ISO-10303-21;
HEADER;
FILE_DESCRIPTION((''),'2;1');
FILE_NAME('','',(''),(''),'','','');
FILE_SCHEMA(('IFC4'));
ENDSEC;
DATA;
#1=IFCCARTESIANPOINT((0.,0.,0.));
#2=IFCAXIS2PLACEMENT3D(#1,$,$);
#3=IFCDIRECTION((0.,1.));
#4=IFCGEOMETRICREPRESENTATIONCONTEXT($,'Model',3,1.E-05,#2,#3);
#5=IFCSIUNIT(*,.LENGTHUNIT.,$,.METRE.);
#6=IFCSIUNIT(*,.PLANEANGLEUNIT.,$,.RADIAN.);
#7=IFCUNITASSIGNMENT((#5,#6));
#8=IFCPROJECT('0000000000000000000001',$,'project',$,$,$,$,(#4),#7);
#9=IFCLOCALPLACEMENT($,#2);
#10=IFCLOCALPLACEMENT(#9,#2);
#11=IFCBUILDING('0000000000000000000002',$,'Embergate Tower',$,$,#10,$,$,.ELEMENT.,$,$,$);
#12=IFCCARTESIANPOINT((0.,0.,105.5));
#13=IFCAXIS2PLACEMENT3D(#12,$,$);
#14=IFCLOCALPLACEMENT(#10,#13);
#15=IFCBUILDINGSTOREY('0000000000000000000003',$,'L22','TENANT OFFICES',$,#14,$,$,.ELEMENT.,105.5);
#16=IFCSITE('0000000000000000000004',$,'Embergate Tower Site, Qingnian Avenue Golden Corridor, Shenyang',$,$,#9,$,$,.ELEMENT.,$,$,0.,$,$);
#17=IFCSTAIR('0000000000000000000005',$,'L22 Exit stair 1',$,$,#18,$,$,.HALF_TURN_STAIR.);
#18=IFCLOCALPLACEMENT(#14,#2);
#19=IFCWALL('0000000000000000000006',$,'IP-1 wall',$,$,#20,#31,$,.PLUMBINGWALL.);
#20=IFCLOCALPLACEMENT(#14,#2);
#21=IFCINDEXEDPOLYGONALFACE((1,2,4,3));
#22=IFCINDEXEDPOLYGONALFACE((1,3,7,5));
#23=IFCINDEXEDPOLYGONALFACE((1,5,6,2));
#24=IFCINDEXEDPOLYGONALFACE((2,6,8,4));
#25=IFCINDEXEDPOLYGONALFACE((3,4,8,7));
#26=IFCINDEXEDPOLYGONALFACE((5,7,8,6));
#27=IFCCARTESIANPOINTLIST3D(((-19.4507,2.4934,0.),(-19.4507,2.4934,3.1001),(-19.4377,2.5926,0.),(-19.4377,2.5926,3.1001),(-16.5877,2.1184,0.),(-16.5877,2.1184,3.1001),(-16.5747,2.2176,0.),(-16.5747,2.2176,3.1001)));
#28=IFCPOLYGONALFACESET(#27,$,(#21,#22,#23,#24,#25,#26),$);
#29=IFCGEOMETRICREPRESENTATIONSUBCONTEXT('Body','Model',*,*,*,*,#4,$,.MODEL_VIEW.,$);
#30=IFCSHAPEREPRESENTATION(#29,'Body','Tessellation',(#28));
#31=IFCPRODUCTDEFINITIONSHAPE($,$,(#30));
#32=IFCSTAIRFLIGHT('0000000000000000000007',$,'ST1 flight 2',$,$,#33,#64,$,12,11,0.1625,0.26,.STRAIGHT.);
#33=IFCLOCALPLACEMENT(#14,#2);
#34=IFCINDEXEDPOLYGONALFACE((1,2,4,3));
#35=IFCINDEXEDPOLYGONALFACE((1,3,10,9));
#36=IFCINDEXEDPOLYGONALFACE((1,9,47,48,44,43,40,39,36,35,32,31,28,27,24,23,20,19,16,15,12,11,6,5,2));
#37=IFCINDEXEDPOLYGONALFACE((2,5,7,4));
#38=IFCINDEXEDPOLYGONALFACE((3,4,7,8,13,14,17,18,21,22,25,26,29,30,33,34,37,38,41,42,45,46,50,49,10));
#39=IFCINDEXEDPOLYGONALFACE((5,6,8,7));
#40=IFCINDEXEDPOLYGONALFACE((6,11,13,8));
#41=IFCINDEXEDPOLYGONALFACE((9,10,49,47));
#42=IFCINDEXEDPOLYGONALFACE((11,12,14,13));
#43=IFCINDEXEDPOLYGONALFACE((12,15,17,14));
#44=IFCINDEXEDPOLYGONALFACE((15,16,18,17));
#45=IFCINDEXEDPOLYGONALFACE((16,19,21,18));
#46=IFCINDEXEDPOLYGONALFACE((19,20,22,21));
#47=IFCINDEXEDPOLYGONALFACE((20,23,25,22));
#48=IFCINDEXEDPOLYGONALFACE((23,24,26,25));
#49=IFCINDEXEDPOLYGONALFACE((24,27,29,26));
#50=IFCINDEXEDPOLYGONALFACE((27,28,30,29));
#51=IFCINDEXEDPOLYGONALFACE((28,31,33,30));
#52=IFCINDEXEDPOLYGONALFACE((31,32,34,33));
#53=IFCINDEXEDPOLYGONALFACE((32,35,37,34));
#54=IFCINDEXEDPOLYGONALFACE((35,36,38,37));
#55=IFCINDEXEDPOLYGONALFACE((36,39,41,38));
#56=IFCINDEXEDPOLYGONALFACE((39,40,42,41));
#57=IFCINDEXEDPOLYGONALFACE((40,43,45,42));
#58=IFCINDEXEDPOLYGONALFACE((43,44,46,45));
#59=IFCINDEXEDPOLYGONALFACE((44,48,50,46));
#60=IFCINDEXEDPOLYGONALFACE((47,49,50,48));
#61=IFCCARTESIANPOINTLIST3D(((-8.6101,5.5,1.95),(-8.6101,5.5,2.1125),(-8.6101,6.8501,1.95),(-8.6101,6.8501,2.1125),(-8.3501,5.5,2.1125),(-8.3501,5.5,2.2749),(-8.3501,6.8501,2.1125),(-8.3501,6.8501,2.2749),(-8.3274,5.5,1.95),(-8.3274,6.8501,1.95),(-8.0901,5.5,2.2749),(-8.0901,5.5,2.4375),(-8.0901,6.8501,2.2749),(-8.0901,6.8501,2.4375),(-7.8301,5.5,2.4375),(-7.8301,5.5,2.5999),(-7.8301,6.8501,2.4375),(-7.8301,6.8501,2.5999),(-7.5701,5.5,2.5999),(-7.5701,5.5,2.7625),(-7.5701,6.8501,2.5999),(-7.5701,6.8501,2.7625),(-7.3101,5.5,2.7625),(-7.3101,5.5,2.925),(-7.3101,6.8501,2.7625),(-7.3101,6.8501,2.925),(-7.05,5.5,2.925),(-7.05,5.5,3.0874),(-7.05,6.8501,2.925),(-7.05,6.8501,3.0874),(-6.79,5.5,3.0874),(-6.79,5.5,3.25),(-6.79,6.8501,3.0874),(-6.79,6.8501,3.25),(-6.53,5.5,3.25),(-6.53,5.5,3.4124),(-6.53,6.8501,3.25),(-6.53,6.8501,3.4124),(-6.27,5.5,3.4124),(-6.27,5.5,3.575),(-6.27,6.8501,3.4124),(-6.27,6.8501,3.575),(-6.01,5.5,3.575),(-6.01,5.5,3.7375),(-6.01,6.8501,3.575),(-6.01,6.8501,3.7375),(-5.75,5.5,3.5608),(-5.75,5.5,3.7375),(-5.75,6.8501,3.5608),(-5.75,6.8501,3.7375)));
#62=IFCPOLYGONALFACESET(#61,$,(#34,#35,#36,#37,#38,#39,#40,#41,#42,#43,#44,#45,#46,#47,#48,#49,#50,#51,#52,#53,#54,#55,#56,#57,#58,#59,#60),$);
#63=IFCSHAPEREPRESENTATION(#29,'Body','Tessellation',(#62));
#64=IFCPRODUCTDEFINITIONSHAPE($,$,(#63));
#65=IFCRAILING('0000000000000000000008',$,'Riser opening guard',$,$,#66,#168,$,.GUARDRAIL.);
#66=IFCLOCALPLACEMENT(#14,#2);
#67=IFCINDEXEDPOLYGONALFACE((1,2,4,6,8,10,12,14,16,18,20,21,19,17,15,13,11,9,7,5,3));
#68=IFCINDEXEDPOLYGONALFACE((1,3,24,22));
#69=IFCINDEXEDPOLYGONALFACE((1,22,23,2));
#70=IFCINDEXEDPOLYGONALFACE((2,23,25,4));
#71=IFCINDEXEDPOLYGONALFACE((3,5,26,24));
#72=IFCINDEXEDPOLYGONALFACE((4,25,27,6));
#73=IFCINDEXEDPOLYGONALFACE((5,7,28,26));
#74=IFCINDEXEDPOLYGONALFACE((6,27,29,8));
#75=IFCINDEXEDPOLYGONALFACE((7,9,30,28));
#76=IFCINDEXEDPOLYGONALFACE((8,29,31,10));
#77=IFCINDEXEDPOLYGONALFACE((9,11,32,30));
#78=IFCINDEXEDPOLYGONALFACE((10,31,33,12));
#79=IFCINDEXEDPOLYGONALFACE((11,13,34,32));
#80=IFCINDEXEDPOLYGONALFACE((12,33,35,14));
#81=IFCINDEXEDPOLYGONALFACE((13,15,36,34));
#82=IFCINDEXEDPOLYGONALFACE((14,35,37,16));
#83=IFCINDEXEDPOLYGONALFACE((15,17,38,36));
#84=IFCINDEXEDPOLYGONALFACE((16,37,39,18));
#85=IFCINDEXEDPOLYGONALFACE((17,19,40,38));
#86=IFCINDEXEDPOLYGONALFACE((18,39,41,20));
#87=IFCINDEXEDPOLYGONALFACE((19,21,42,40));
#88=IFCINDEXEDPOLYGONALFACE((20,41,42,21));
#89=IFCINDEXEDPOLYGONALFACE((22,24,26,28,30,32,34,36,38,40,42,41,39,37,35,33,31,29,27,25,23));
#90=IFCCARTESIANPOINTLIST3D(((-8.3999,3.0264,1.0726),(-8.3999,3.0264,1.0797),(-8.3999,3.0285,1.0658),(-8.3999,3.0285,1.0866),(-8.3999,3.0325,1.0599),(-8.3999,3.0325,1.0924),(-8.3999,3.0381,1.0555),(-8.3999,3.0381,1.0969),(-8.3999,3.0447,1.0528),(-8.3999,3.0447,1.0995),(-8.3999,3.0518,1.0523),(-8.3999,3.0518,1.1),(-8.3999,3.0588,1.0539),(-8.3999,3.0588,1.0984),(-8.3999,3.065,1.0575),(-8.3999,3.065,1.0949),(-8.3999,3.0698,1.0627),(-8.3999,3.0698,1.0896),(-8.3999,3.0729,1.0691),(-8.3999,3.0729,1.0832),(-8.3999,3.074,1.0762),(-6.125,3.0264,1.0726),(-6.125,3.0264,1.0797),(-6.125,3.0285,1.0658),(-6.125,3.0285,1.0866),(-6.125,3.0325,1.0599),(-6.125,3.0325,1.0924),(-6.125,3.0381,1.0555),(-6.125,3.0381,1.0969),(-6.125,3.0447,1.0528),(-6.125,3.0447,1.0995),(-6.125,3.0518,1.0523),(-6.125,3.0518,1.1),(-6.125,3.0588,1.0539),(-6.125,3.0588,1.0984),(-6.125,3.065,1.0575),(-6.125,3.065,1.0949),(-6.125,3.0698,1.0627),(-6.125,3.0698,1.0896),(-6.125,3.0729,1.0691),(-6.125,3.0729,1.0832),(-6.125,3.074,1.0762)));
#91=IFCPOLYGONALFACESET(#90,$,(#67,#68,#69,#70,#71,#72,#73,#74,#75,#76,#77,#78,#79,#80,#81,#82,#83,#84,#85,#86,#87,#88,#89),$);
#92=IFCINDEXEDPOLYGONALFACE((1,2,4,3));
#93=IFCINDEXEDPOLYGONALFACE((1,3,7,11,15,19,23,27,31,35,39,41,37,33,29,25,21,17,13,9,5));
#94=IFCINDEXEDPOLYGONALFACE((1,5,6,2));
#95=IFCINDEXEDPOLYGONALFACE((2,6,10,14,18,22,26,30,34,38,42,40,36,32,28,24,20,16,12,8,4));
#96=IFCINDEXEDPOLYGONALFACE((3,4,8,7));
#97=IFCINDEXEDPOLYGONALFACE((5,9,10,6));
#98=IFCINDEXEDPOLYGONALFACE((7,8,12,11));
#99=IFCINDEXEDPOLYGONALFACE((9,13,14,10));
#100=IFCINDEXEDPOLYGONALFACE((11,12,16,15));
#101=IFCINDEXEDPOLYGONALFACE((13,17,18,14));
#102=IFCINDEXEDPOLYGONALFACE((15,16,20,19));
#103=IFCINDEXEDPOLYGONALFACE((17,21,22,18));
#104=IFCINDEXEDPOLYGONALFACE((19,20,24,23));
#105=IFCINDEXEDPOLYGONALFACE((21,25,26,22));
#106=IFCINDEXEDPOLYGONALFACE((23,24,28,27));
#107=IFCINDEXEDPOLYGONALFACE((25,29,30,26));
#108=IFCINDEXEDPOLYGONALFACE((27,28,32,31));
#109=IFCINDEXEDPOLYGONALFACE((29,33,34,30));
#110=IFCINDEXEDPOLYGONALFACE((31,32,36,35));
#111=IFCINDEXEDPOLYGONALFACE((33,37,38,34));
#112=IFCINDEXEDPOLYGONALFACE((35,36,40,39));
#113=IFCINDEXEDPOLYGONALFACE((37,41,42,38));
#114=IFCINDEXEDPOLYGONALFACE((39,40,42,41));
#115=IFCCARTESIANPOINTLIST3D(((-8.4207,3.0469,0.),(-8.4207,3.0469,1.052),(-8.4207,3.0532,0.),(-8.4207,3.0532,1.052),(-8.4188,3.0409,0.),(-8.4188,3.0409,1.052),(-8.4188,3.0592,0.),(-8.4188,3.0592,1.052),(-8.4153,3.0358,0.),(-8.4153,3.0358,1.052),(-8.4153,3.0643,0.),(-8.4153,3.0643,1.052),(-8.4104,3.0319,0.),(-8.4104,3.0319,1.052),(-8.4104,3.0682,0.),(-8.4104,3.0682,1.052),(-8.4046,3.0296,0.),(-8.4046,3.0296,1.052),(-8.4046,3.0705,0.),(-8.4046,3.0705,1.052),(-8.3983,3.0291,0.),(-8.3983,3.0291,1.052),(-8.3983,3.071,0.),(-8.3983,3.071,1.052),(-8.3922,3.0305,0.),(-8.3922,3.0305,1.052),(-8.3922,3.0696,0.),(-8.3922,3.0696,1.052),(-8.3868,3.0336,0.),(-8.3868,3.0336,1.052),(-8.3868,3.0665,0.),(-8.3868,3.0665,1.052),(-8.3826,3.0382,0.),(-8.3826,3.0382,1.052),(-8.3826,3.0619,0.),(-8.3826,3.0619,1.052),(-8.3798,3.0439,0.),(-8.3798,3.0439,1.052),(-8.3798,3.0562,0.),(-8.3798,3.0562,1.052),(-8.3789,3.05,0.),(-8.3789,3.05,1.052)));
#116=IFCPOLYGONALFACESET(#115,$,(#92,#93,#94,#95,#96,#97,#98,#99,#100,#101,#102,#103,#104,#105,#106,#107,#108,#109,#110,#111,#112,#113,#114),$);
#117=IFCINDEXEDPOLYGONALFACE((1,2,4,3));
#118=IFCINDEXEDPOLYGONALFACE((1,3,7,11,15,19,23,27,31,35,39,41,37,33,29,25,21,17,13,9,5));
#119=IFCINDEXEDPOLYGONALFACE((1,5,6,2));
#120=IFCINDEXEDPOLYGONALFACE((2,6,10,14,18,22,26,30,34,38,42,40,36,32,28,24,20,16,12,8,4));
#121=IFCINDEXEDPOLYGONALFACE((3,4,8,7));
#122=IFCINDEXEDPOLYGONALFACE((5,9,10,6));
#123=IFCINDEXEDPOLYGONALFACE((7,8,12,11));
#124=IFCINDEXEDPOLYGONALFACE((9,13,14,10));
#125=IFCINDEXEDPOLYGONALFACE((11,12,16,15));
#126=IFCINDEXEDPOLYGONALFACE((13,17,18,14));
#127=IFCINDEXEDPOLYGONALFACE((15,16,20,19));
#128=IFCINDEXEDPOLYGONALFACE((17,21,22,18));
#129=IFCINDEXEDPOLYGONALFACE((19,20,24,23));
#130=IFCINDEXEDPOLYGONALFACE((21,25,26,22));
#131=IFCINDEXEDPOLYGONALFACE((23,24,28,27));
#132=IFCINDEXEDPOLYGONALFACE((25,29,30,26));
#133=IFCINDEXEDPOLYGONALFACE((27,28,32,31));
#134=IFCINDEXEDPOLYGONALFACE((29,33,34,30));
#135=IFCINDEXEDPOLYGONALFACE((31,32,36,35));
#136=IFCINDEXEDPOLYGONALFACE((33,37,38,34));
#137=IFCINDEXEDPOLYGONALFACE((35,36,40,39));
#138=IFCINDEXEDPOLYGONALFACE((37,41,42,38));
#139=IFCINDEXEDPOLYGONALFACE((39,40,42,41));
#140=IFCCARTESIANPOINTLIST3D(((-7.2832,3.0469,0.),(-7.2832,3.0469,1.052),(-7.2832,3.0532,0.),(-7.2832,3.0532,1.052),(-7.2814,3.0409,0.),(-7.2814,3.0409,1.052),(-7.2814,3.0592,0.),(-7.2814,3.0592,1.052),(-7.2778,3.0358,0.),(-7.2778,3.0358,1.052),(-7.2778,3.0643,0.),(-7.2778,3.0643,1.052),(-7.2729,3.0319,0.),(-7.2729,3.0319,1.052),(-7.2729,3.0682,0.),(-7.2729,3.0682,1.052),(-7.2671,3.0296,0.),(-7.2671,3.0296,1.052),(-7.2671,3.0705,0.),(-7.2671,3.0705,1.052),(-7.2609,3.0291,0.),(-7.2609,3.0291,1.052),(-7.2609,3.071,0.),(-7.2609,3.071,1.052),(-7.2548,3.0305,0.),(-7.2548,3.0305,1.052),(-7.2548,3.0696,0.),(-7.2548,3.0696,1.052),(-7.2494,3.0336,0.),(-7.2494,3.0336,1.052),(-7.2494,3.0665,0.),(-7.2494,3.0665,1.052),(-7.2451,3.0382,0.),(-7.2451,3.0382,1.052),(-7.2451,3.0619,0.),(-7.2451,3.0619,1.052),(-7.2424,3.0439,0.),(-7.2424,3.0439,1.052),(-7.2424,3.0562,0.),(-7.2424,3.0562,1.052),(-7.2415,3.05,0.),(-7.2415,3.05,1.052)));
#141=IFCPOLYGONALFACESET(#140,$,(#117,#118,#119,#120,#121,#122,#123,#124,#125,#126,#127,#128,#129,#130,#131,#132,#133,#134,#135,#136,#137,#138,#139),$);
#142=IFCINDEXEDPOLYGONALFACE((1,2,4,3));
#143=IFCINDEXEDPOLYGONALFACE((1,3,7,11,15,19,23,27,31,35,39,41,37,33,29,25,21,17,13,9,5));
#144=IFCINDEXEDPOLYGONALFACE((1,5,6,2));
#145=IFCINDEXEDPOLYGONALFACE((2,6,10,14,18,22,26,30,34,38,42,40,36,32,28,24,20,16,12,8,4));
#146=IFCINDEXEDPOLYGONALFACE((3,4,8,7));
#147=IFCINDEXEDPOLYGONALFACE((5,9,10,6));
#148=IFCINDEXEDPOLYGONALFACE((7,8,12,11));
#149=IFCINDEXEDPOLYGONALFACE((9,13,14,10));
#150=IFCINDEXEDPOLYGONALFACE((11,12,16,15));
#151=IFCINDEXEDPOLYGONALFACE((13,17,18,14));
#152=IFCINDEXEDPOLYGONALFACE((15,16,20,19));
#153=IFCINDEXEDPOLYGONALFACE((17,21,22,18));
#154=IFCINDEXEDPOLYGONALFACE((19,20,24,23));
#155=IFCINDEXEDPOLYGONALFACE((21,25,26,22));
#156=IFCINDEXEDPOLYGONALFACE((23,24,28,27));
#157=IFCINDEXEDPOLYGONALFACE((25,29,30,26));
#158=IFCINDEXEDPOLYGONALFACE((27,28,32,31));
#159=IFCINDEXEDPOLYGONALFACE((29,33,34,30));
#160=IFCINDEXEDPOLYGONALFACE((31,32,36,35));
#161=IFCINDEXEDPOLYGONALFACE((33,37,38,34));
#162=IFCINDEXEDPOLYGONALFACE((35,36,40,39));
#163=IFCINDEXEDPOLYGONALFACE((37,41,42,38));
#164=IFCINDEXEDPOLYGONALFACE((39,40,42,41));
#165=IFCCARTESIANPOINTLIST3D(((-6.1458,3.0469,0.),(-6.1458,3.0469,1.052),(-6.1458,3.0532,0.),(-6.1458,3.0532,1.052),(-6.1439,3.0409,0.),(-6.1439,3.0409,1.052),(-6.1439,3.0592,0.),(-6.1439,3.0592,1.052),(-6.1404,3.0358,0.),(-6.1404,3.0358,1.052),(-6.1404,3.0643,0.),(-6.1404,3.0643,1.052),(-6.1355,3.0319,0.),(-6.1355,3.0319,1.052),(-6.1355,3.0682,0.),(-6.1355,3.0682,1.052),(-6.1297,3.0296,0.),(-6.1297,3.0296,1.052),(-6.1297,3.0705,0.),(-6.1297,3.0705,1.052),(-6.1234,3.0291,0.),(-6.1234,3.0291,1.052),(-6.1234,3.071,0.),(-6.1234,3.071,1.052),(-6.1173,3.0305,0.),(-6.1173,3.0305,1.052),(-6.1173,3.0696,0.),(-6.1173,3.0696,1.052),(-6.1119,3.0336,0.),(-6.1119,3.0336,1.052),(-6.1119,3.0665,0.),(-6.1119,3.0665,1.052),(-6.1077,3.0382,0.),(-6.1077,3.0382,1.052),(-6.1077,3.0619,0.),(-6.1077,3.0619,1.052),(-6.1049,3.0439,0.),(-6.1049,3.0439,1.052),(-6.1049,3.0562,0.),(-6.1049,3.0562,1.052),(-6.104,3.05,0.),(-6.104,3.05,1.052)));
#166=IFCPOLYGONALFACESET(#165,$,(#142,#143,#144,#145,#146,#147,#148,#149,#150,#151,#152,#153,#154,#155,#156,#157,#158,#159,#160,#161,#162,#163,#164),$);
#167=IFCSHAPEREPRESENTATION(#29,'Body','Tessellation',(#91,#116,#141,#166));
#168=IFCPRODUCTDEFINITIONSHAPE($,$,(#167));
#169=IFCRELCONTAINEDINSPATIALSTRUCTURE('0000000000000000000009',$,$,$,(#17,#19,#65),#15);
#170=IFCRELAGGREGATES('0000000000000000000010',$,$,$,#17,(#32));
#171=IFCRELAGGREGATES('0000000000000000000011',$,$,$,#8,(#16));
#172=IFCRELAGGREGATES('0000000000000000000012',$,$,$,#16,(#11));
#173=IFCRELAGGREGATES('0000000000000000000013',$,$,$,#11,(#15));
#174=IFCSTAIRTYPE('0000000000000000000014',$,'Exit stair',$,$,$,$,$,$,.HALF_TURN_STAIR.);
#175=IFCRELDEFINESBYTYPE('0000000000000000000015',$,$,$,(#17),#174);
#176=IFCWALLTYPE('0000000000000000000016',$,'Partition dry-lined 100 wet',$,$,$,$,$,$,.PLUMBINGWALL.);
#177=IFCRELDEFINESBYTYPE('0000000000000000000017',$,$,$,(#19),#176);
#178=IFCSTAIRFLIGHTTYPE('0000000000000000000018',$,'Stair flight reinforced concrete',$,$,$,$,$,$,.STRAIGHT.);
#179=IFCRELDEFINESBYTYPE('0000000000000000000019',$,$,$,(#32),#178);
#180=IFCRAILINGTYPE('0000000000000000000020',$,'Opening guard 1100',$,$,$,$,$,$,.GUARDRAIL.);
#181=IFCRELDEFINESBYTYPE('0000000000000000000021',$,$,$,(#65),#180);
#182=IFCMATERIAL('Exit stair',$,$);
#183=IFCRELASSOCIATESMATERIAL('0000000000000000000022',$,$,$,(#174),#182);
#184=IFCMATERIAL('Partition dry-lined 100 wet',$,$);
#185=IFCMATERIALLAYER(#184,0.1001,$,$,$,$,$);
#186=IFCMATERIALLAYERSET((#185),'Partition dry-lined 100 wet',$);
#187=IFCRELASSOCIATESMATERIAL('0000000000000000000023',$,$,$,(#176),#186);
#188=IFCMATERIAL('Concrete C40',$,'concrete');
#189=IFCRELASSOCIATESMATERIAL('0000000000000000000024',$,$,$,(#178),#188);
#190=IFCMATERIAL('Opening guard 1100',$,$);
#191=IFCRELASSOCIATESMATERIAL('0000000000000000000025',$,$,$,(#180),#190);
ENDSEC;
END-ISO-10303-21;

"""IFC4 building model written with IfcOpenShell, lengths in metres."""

from ifc_helpers import new_model, si_unit, direction, frame, frame_2d, origin, origin_2d, place, context, subcontext, project, spatial, polyline, rectangle, circle, outline, extrude, source, transform, mapped, material, layer, layer_set, type_object, element, aggregate, save


model = new_model("IFC4")

# Units and contexts
model_context = context("Model", 3, precision=1e-05, world=origin(), true_north=direction((0.0, 1.0)))
body_context = subcontext(model_context, "Body", "Model", "MODEL_VIEW")
ifc_project = project(units=[si_unit("LENGTHUNIT", "METRE"), si_unit("PLANEANGLEUNIT", "RADIAN")], contexts=[model_context])

# Site, building, storey
site_placement = place(None, origin())
site = spatial("IfcSite", under=ifc_project, at=site_placement, Name="Embergate Tower Site, Qingnian Avenue Golden Corridor, Shenyang", CompositionType="ELEMENT", RefElevation=0.0)
building_placement = place(site_placement, origin())
building = spatial("IfcBuilding", under=site, at=building_placement, Name="Embergate Tower", CompositionType="ELEMENT")
storey_placement = place(building_placement, frame((0.0, 0.0, 105.5)))
storey = spatial("IfcBuildingStorey", under=building, at=storey_placement, Name="L22", Description="TENANT OFFICES", CompositionType="ELEMENT", Elevation=105.5)

# Stair
ifc_material_1 = material(Name="Exit stair")
stair_type = type_object("IfcStairType", Name="Exit stair", PredefinedType="HALF_TURN_STAIR", material=ifc_material_1)
stair_placement = place(storey_placement, origin())
stair = element("IfcStair", 1, at=stair_placement, inside=storey, type_object=stair_type, Name="L22 Exit stair 1", PredefinedType="HALF_TURN_STAIR")
ifc_material_2 = material(Name="Concrete C40", Category="concrete")

# Wall
ifc_material_3 = material(Name="Partition dry-lined 100 wet")
ifc_layer_1 = layer(ifc_material_3, 0.1001)
ifc_layer_set_1 = layer_set([ifc_layer_1], Name="Partition dry-lined 100 wet")
wall_type_1 = type_object("IfcWallType", Name="Partition dry-lined 100 wet", PredefinedType="PLUMBINGWALL", material=ifc_layer_set_1)
shared_shape_1 = source(origin(), body_context, "Body", "SweptSolid", [
    extrude(rectangle(XDim=2.8875, YDim=0.1001, at=frame_2d((1.4438, 0.0))), origin(), (0.0, 0.0, 1.0), 3.1001),
])
wall_1_placement = place(storey_placement, frame((-16.5811, 2.168, 0.0), z_axis=(0.0, 0.0, 1.0), x_axis=(-0.991531, 0.129871, 0.0)))
element("IfcWall", 2, at=wall_1_placement, inside=storey, type_object=wall_type_1, Name="IP-1 wall", PredefinedType="PLUMBINGWALL", context=body_context, shape_type="MappedRepresentation", body=[
    mapped(shared_shape_1, transform((0.0, 0.0, 0.0))),
])

# Stair flight
stair_flight_type = type_object("IfcStairFlightType", Name="Stair flight reinforced concrete", PredefinedType="STRAIGHT", material=ifc_material_2)
shared_shape_2 = source(origin(), body_context, "Body", "SweptSolid", [
    extrude(outline(polyline([(0.0, 0.0), (0.0, 0.1626), (0.26, 0.1626), (0.26, 0.325), (0.52, 0.325), (0.52, 0.4875), (0.78, 0.4875), (0.78, 0.6499), (1.04, 0.6499), (1.04, 0.8125), (1.3, 0.8125), (1.3, 0.9751), (1.5601, 0.9751), (1.5601, 1.1375), (1.8201, 1.1375), (1.8201, 1.3), (2.0801, 1.3), (2.0801, 1.4624), (2.3401, 1.4624), (2.3401, 1.625), (2.6001, 1.625), (2.6001, 1.7876), (2.8601, 1.7876), (2.8601, 1.95), (2.8601, 1.6108), (0.2827, 0.0), (0.0, 0.0)])), frame((0.0, 0.675, 0.0), z_axis=(0.0, -1.0, 0.0), x_axis=(1.0, 0.0, 0.0)), (0.0, 0.0, 1.0), 1.3501),
])
stair_flight_placement = place(storey_placement, frame((-8.6101, 6.175, 1.95), z_axis=(0.0, 0.0, 1.0), x_axis=(1.0, 0.0, 0.0)))
stair_flight = element("IfcStairFlight", 3, at=stair_flight_placement, type_object=stair_flight_type, Name="ST1 flight 2", NumberOfRisers=12, NumberOfTreads=11, PredefinedType="STRAIGHT", RiserHeight=0.1625, TreadLength=0.26, context=body_context, shape_type="MappedRepresentation", body=[
    mapped(shared_shape_2, transform((0.0, 0.0, 0.0))),
])
aggregate(stair, [stair_flight])

# Railing
ifc_material_4 = material(Name="Opening guard 1100")
railing_type = type_object("IfcRailingType", Name="Opening guard 1100", PredefinedType="GUARDRAIL", material=ifc_material_4)
shared_shape_3 = source(origin(), body_context, "Body", "SweptSolid", [
    extrude(circle(Radius=0.0239, at=origin_2d()), frame((0.0, 0.0, 1.0762), z_axis=(1.0, 0.0, 0.0), x_axis=(0.0, 1.0, 0.0)), (0.0, 0.0, 1.0), 2.2749),
    extrude(circle(Radius=0.021, at=origin_2d()), origin(), (0.0, 0.0, 1.0), 1.052),
    extrude(circle(Radius=0.021, at=origin_2d()), frame((1.1375, 0.0, 0.0)), (0.0, 0.0, 1.0), 1.052),
    extrude(circle(Radius=0.021, at=origin_2d()), frame((2.2749, 0.0, 0.0)), (0.0, 0.0, 1.0), 1.052),
])
railing_placement = place(storey_placement, frame((-8.3999, 3.05, 0.0)))
element("IfcRailing", 4, at=railing_placement, inside=storey, type_object=railing_type, Name="Riser opening guard", PredefinedType="GUARDRAIL", context=body_context, shape_type="MappedRepresentation", body=[
    mapped(shared_shape_3, transform((0.0, 0.0, 0.0))),
])

save(model, "model.ifc")
